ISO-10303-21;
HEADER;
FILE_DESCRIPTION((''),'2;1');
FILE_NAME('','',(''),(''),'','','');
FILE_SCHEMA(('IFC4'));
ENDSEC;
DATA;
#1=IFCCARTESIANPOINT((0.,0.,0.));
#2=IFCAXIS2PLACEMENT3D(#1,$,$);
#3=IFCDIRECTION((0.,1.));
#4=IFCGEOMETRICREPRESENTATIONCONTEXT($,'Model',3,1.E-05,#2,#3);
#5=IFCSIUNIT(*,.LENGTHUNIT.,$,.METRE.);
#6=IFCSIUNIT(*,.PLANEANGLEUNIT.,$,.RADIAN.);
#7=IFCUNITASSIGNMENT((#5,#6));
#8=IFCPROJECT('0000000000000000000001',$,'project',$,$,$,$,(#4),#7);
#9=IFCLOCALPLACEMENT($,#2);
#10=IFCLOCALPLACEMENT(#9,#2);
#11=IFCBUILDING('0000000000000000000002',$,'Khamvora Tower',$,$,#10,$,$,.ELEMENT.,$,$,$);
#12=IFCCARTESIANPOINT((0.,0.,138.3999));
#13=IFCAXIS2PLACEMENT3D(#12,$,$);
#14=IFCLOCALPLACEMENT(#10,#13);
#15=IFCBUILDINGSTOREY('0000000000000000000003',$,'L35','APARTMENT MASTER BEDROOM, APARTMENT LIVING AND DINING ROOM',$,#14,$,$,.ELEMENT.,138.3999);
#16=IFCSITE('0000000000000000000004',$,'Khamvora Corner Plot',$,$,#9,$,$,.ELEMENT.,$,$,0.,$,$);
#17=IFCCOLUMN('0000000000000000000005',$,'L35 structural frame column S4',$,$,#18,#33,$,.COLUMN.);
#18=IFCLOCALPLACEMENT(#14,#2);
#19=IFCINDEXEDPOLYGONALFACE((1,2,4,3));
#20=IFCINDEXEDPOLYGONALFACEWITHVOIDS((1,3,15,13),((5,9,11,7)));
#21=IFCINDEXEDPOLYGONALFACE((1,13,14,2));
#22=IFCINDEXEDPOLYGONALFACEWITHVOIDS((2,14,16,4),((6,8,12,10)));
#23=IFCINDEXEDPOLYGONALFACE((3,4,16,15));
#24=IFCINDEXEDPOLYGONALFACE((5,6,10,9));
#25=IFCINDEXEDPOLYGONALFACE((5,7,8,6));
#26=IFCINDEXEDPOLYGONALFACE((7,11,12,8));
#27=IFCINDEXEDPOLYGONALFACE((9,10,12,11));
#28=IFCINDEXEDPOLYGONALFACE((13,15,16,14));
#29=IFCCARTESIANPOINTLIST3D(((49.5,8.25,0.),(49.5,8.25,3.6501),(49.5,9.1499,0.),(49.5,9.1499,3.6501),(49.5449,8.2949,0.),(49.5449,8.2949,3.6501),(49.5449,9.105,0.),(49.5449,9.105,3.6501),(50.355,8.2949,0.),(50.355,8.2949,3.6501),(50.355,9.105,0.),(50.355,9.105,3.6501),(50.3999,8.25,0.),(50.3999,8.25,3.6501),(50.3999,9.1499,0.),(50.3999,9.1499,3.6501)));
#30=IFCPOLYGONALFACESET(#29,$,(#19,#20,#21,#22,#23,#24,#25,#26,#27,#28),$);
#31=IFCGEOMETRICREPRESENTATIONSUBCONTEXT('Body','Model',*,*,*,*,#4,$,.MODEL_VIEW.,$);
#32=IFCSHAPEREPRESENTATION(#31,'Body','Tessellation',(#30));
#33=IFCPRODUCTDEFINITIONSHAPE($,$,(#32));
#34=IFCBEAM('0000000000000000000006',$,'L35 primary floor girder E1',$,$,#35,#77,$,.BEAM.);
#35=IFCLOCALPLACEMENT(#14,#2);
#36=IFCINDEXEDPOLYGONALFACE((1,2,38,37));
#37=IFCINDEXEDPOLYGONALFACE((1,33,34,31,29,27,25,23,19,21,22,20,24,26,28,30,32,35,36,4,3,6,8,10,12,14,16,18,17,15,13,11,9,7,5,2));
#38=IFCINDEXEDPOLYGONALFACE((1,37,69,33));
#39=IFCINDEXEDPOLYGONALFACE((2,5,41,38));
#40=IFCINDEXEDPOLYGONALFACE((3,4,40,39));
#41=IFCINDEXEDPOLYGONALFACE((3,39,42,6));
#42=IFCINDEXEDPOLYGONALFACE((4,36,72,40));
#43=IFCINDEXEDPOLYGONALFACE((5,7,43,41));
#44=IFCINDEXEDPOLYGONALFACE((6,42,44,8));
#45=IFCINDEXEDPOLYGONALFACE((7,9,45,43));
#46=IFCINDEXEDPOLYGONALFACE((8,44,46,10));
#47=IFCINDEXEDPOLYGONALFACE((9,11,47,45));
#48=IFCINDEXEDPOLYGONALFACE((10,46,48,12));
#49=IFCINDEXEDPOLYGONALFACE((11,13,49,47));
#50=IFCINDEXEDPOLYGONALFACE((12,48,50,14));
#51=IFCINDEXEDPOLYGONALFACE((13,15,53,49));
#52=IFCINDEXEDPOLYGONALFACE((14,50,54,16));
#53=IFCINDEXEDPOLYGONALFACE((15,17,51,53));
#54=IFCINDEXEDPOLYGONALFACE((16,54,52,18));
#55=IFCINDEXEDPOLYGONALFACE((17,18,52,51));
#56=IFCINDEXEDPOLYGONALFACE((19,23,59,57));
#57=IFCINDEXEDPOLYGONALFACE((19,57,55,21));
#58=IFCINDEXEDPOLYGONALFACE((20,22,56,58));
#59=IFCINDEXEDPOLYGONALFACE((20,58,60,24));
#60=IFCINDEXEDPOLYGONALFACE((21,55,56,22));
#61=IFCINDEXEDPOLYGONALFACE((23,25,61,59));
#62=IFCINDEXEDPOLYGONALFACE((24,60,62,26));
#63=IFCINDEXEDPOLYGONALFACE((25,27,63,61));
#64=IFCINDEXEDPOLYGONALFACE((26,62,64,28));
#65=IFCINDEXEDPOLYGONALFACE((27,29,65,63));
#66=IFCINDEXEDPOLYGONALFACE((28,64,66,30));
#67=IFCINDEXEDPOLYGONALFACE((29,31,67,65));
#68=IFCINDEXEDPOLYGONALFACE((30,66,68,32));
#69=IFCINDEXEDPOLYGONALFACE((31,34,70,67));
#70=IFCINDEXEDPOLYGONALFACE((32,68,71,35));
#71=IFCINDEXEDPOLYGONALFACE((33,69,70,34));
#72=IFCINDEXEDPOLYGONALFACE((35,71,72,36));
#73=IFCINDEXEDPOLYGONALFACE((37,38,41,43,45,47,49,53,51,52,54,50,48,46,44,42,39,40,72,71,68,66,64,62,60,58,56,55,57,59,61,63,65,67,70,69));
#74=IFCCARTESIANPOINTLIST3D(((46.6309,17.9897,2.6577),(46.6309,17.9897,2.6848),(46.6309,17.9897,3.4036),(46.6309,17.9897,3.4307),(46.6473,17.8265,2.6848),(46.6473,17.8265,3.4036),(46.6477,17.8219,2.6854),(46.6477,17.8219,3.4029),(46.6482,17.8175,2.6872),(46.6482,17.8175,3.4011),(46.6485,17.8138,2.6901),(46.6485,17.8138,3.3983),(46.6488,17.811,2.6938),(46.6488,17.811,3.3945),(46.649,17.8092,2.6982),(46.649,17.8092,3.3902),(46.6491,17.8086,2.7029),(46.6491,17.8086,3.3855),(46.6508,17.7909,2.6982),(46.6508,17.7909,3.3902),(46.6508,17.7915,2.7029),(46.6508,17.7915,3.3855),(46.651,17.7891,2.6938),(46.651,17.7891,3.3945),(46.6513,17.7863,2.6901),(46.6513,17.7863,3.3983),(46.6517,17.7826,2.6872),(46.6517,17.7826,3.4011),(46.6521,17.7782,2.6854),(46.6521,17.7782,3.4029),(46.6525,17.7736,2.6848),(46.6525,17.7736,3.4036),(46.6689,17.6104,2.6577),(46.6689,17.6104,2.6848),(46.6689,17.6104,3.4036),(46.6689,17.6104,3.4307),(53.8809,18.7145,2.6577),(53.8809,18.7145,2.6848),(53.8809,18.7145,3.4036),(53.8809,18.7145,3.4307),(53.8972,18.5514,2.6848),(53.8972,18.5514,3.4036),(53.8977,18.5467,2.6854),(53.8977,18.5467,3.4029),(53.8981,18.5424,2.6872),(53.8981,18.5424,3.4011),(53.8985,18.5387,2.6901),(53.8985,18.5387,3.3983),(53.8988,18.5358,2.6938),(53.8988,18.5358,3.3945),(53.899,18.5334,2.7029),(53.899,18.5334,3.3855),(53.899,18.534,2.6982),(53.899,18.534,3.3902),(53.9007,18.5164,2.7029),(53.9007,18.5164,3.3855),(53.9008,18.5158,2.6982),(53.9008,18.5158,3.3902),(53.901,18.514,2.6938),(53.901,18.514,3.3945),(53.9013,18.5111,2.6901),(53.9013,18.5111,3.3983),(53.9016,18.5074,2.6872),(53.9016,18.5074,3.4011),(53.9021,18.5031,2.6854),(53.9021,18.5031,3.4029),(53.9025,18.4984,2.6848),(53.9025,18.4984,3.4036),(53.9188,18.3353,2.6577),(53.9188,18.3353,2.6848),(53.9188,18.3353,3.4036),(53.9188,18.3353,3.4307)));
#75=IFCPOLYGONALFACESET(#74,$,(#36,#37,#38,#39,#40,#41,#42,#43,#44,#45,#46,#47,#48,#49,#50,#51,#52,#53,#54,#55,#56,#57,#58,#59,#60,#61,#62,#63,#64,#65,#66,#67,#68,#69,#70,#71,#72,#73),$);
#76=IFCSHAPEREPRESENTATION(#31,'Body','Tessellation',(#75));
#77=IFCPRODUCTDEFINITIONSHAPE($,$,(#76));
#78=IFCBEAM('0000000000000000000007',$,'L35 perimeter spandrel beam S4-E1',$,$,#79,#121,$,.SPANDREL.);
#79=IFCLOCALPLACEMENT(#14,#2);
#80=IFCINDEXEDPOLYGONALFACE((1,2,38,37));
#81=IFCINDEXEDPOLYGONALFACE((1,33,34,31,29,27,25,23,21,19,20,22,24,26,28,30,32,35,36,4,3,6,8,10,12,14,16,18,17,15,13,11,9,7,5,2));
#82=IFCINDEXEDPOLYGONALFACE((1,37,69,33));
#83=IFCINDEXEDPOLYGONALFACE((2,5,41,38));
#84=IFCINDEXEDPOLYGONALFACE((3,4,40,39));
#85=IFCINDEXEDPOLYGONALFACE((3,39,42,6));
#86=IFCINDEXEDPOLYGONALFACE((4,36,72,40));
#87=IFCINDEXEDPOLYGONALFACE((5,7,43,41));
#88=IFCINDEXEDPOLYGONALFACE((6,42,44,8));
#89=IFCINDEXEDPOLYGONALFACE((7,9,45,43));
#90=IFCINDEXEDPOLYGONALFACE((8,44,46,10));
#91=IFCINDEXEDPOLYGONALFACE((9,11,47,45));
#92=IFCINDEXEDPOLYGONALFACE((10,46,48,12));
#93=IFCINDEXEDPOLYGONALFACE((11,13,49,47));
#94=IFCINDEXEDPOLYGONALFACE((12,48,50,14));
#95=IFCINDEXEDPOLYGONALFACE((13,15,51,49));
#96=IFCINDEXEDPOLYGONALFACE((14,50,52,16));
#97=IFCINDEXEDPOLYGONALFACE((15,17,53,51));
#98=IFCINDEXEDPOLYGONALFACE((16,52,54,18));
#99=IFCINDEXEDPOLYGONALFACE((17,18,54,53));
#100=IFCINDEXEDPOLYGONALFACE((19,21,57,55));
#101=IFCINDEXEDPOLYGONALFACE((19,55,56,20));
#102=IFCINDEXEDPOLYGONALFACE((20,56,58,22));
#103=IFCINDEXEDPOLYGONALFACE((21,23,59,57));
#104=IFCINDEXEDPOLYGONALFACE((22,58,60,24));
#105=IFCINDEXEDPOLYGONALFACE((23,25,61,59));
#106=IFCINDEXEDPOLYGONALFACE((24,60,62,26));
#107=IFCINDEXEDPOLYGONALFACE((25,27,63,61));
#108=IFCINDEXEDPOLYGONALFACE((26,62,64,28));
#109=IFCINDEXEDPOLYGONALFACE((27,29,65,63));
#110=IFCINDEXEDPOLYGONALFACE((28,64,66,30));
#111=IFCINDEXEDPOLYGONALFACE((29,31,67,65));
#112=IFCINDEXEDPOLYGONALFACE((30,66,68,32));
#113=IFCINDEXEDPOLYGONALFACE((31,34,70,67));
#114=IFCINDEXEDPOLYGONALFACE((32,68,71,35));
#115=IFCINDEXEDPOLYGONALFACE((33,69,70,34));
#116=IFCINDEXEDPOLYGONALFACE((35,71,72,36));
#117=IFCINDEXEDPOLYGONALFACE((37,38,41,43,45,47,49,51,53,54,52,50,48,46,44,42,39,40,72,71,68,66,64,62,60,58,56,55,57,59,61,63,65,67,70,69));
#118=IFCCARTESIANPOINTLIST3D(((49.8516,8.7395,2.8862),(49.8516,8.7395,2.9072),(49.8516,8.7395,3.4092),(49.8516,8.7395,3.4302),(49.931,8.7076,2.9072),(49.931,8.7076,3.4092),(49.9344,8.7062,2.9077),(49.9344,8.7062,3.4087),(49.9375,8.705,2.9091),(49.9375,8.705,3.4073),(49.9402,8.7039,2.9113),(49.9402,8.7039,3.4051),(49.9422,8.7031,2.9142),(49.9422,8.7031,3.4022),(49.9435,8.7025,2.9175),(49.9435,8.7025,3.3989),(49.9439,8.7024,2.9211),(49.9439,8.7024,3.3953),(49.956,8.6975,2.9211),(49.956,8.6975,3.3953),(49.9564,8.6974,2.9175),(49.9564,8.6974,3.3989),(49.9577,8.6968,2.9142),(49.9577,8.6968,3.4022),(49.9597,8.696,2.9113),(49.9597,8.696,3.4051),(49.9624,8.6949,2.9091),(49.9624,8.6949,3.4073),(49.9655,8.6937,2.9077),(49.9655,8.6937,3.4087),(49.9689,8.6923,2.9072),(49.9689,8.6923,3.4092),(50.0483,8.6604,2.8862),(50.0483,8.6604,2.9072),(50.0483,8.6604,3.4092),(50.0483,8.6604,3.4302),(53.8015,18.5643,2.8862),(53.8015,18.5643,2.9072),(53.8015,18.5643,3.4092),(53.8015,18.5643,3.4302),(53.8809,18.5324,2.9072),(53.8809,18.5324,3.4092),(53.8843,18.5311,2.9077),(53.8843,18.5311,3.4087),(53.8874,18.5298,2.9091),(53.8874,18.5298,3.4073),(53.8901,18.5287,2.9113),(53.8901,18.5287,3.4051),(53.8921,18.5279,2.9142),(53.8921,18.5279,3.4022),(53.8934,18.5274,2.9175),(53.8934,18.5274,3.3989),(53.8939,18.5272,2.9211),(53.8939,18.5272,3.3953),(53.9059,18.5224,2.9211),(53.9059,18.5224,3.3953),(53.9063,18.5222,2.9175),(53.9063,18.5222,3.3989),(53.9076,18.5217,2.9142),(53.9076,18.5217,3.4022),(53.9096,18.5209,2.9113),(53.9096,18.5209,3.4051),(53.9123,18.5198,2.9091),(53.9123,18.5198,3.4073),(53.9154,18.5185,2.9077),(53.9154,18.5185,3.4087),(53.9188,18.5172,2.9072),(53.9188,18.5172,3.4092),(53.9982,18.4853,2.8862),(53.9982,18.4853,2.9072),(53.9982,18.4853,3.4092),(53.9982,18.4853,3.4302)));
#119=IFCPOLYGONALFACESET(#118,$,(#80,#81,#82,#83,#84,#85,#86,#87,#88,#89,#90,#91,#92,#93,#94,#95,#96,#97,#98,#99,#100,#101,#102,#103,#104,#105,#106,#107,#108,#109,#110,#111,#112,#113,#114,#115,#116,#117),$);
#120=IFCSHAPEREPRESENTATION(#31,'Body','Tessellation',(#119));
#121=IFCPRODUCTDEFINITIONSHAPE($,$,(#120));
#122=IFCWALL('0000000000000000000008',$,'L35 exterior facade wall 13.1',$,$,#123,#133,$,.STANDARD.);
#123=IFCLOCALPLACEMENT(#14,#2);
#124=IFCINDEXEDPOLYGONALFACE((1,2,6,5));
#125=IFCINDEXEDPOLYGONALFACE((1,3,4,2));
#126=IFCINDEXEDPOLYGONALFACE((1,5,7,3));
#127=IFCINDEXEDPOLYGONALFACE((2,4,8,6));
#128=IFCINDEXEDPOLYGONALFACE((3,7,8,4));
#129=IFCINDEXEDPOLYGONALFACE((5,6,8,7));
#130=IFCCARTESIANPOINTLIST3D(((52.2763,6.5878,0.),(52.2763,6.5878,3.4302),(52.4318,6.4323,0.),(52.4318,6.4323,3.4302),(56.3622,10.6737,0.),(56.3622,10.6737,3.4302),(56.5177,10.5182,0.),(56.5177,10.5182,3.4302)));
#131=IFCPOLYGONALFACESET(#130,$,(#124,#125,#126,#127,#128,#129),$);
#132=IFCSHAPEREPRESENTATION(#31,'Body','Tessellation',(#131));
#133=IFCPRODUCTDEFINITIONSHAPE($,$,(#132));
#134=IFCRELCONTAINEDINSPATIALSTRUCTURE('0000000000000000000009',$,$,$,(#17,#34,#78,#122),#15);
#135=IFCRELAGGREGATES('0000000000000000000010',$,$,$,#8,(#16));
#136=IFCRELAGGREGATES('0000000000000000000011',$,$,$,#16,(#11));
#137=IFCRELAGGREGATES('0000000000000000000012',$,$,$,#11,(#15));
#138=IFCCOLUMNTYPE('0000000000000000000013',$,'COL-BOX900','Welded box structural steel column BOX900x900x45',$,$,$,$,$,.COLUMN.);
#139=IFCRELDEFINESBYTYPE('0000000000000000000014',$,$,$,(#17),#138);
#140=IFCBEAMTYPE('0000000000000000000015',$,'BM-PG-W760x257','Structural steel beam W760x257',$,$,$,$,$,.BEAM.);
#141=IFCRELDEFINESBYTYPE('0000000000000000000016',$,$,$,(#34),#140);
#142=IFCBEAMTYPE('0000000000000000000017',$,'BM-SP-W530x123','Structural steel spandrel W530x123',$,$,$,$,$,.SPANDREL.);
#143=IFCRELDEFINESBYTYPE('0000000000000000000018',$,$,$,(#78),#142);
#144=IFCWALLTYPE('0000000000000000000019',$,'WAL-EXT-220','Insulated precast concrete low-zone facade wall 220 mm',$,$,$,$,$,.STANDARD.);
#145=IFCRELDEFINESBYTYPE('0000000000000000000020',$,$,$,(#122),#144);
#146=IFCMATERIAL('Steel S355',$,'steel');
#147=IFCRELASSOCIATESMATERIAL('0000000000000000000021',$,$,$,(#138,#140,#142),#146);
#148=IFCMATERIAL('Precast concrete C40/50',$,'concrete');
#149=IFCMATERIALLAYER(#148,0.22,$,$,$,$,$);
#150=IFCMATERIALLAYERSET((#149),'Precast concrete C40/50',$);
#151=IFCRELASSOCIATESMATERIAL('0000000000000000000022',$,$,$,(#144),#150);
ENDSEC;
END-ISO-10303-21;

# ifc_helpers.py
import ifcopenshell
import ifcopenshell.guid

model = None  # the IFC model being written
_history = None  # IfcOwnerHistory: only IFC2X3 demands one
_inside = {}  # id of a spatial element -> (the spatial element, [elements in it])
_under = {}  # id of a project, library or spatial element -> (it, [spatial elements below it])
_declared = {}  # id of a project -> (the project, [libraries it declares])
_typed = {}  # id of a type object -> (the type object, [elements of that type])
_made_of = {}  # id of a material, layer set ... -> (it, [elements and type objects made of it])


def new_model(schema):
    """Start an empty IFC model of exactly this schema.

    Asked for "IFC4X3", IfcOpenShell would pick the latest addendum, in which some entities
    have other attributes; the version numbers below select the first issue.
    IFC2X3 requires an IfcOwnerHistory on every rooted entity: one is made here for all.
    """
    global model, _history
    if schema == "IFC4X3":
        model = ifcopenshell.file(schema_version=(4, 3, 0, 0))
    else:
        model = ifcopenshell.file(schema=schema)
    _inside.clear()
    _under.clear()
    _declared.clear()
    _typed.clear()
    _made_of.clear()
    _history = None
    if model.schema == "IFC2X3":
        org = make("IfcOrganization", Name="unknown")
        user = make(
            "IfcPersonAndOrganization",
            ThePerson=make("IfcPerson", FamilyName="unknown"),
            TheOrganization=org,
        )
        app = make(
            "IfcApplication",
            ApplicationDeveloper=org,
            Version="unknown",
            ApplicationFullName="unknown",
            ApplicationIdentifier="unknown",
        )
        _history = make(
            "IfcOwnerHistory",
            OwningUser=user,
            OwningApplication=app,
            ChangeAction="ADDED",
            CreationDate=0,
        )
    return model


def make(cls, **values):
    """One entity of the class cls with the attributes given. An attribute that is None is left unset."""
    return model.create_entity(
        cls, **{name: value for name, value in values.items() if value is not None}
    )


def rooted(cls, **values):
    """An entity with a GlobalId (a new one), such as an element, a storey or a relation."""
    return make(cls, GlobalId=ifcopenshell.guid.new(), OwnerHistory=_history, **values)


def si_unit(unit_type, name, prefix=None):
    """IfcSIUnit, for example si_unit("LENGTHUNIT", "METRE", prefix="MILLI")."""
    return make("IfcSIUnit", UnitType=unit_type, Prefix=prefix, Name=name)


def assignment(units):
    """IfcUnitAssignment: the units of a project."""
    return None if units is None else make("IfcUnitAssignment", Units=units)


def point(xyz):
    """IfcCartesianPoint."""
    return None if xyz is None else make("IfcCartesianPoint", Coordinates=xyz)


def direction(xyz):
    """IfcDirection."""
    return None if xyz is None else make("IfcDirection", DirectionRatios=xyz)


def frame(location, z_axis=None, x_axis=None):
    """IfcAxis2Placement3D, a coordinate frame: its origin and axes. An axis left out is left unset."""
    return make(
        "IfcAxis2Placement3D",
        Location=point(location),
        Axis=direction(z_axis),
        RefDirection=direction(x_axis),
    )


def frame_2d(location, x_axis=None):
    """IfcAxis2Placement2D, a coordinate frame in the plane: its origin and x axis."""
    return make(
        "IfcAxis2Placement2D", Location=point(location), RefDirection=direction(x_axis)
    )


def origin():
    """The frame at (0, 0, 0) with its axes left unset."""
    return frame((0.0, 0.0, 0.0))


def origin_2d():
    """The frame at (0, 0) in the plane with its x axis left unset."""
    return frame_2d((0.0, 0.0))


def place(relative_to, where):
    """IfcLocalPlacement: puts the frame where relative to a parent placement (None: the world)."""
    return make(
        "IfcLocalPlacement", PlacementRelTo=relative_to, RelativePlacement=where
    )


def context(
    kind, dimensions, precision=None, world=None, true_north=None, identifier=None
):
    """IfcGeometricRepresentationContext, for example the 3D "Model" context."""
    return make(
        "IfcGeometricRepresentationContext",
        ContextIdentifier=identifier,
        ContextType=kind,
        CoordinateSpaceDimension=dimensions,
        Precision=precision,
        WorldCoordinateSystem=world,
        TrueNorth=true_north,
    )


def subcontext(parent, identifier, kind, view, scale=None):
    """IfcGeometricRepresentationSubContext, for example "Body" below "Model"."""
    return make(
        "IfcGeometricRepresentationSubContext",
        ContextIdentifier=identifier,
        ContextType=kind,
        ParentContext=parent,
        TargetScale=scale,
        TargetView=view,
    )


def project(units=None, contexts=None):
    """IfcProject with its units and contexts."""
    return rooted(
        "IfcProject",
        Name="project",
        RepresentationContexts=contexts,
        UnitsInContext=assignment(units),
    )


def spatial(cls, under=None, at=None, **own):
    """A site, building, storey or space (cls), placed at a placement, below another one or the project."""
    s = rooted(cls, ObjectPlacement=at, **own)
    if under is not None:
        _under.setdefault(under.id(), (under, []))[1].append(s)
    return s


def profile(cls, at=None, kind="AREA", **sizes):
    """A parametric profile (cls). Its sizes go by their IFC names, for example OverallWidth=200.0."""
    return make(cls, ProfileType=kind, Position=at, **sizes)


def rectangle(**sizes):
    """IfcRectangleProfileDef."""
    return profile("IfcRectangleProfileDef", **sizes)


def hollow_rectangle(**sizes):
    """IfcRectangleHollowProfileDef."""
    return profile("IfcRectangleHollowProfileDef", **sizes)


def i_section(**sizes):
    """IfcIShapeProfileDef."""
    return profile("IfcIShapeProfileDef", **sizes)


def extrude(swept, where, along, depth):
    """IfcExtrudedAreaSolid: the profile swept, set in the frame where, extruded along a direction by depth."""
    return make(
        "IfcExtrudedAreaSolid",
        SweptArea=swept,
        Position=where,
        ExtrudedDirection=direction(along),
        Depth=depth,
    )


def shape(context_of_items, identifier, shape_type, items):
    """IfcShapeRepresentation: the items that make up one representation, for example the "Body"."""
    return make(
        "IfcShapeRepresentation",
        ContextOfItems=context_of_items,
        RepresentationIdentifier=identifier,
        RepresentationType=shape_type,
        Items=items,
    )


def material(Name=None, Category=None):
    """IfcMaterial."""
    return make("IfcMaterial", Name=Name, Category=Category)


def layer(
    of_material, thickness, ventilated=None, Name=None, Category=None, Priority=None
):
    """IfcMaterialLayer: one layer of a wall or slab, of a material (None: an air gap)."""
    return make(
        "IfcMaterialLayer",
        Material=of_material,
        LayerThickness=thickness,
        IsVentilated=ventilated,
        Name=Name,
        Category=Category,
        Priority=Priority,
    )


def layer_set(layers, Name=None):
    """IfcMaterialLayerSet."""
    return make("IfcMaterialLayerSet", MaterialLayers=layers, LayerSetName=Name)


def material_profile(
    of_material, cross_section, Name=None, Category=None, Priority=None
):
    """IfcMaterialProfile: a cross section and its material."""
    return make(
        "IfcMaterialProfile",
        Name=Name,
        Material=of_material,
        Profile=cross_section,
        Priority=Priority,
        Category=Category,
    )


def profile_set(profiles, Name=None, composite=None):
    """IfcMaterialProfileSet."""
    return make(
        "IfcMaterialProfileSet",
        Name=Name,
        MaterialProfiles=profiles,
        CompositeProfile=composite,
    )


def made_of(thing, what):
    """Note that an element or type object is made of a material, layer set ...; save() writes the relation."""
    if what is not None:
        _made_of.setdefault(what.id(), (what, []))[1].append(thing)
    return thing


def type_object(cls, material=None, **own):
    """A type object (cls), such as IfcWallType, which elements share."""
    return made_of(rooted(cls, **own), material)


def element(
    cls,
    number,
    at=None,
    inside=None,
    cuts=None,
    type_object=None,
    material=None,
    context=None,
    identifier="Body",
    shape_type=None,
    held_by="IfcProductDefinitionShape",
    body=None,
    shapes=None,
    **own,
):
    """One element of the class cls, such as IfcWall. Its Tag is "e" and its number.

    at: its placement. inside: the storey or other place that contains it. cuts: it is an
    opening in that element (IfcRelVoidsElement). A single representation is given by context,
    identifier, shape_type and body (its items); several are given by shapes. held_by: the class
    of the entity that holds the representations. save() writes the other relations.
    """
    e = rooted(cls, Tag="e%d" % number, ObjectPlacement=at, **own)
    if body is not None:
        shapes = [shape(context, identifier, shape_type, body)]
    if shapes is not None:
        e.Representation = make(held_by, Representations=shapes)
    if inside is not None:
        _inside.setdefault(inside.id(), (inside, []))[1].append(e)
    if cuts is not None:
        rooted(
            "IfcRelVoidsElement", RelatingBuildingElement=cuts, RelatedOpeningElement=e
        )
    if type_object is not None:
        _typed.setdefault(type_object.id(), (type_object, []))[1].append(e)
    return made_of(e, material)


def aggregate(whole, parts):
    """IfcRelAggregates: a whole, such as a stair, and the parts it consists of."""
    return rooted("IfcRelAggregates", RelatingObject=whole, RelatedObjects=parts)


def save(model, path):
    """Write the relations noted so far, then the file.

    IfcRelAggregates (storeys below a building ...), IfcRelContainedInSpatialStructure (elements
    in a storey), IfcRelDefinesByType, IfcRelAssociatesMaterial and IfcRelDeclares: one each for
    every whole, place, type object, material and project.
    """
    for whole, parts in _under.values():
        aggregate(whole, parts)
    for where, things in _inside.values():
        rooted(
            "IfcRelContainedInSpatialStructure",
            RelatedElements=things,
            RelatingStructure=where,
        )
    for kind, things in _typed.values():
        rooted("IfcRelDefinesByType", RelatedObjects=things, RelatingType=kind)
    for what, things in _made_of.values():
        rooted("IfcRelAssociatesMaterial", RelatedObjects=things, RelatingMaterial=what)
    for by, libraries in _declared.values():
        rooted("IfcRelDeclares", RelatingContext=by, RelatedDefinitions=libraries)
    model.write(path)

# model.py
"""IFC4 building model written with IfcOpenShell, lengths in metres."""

from ifc_helpers import new_model, si_unit, direction, frame, frame_2d, origin, origin_2d, place, context, subcontext, project, spatial, rectangle, hollow_rectangle, i_section, extrude, material, layer, layer_set, material_profile, profile_set, type_object, element, save


model = new_model("IFC4")

# Units and contexts
model_context = context("Model", 3, precision=1e-05, world=origin(), true_north=direction((0.0, 1.0)))
body_context = subcontext(model_context, "Body", "Model", "MODEL_VIEW")
ifc_project = project(units=[si_unit("LENGTHUNIT", "METRE"), si_unit("PLANEANGLEUNIT", "RADIAN")], contexts=[model_context])

# Site, building, storey
site_placement = place(None, origin())
site = spatial("IfcSite", under=ifc_project, at=site_placement, Name="Khamvora Corner Plot", CompositionType="ELEMENT", RefElevation=0.0)
building_placement = place(site_placement, origin())
building = spatial("IfcBuilding", under=site, at=building_placement, Name="Khamvora Tower", CompositionType="ELEMENT")
storey_placement = place(building_placement, frame((0.0, 0.0, 138.3999)))
storey = spatial("IfcBuildingStorey", under=building, at=storey_placement, Name="L35", Description="APARTMENT MASTER BEDROOM, APARTMENT LIVING AND DINING ROOM", CompositionType="ELEMENT", Elevation=138.3999)

# Column
ifc_material_1 = material(Name="Steel S355", Category="steel")
ifc_material_profile_1 = material_profile(ifc_material_1, hollow_rectangle(XDim=0.8999, YDim=0.8999, WallThickness=0.0449, at=origin_2d()), Name="BOX900x900x45")
ifc_profile_set_1 = profile_set([ifc_material_profile_1], Name="Steel S355")
column_type = type_object("IfcColumnType", Name="COL-BOX900", Description="Welded box structural steel column BOX900x900x45", PredefinedType="COLUMN", material=ifc_profile_set_1)
column_placement = place(storey_placement, frame((49.95, 8.7, 0.0), z_axis=(0.0, 0.0, 1.0), x_axis=(1.0, 0.0, 0.0)))
element("IfcColumn", 1, at=column_placement, inside=storey, type_object=column_type, Name="L35 structural frame column S4", PredefinedType="COLUMN", context=body_context, shape_type="SweptSolid", body=[
    extrude(hollow_rectangle(XDim=0.8999, YDim=0.8999, WallThickness=0.0449, at=origin_2d()), origin(), (0.0, 0.0, 1.0), 3.6501),
])

# Beams
ifc_material_profile_2 = material_profile(ifc_material_1, i_section(OverallWidth=0.3811, OverallDepth=0.7729, WebThickness=0.0171, FlangeThickness=0.0271, FilletRadius=0.0181, at=origin_2d()), Name="W760x257")
ifc_profile_set_2 = profile_set([ifc_material_profile_2], Name="Steel S355")
beam_type_1 = type_object("IfcBeamType", Name="BM-PG-W760x257", Description="Structural steel beam W760x257", PredefinedType="BEAM", material=ifc_profile_set_2)
beam_1_placement = place(storey_placement, frame((46.6499, 17.8, 3.0442), z_axis=(0.995039, 0.099484, 0.0), x_axis=(-0.099484, 0.995039, 0.0)))
element("IfcBeam", 2, at=beam_1_placement, inside=storey, type_object=beam_type_1, Name="L35 primary floor girder E1", PredefinedType="BEAM", context=body_context, shape_type="SweptSolid", body=[
    extrude(i_section(OverallWidth=0.3811, OverallDepth=0.7729, WebThickness=0.0171, FlangeThickness=0.0271, FilletRadius=0.0181, at=origin_2d()), origin(), (0.0, 0.0, 1.0), 7.2861),
])
ifc_material_profile_3 = material_profile(ifc_material_1, i_section(OverallWidth=0.2119, OverallDepth=0.5439, WebThickness=0.0129, FlangeThickness=0.021, FilletRadius=0.0139, at=origin_2d()), Name="W530x123")
ifc_profile_set_3 = profile_set([ifc_material_profile_3], Name="Steel S355")
beam_type_2 = type_object("IfcBeamType", Name="BM-SP-W530x123", Description="Structural steel spandrel W530x123", PredefinedType="SPANDREL", material=ifc_profile_set_3)
beam_2_placement = place(storey_placement, frame((49.95, 8.7, 3.1582), z_axis=(0.373016, 0.927825, 0.0), x_axis=(-0.927825, 0.373016, 0.0)))
element("IfcBeam", 3, at=beam_2_placement, inside=storey, type_object=beam_type_2, Name="L35 perimeter spandrel beam S4-E1", PredefinedType="SPANDREL", context=body_context, shape_type="SweptSolid", body=[
    extrude(i_section(OverallWidth=0.2119, OverallDepth=0.5439, WebThickness=0.0129, FlangeThickness=0.021, FilletRadius=0.0139, at=origin_2d()), origin(), (0.0, 0.0, 1.0), 10.5891),
])

# Wall
ifc_material_2 = material(Name="Precast concrete C40/50", Category="concrete")
ifc_layer_1 = layer(ifc_material_2, 0.22)
ifc_layer_set_1 = layer_set([ifc_layer_1], Name="Precast concrete C40/50")
wall_type_1 = type_object("IfcWallType", Name="WAL-EXT-220", Description="Insulated precast concrete low-zone facade wall 220 mm", PredefinedType="STANDARD", material=ifc_layer_set_1)
wall_1_placement = place(storey_placement, frame((56.4399, 10.5959, 0.0), z_axis=(0.0, 0.0, 1.0), x_axis=(-0.707107, -0.707107, 0.0)))
element("IfcWall", 4, at=wall_1_placement, inside=storey, type_object=wall_type_1, Name="L35 exterior facade wall 13.1", PredefinedType="STANDARD", context=body_context, shape_type="SweptSolid", body=[
    extrude(rectangle(XDim=5.7783, YDim=0.22, at=frame_2d((2.8892, 0.0))), origin(), (0.0, 0.0, 1.0), 3.4302),
])

save(model, "model.ifc")
